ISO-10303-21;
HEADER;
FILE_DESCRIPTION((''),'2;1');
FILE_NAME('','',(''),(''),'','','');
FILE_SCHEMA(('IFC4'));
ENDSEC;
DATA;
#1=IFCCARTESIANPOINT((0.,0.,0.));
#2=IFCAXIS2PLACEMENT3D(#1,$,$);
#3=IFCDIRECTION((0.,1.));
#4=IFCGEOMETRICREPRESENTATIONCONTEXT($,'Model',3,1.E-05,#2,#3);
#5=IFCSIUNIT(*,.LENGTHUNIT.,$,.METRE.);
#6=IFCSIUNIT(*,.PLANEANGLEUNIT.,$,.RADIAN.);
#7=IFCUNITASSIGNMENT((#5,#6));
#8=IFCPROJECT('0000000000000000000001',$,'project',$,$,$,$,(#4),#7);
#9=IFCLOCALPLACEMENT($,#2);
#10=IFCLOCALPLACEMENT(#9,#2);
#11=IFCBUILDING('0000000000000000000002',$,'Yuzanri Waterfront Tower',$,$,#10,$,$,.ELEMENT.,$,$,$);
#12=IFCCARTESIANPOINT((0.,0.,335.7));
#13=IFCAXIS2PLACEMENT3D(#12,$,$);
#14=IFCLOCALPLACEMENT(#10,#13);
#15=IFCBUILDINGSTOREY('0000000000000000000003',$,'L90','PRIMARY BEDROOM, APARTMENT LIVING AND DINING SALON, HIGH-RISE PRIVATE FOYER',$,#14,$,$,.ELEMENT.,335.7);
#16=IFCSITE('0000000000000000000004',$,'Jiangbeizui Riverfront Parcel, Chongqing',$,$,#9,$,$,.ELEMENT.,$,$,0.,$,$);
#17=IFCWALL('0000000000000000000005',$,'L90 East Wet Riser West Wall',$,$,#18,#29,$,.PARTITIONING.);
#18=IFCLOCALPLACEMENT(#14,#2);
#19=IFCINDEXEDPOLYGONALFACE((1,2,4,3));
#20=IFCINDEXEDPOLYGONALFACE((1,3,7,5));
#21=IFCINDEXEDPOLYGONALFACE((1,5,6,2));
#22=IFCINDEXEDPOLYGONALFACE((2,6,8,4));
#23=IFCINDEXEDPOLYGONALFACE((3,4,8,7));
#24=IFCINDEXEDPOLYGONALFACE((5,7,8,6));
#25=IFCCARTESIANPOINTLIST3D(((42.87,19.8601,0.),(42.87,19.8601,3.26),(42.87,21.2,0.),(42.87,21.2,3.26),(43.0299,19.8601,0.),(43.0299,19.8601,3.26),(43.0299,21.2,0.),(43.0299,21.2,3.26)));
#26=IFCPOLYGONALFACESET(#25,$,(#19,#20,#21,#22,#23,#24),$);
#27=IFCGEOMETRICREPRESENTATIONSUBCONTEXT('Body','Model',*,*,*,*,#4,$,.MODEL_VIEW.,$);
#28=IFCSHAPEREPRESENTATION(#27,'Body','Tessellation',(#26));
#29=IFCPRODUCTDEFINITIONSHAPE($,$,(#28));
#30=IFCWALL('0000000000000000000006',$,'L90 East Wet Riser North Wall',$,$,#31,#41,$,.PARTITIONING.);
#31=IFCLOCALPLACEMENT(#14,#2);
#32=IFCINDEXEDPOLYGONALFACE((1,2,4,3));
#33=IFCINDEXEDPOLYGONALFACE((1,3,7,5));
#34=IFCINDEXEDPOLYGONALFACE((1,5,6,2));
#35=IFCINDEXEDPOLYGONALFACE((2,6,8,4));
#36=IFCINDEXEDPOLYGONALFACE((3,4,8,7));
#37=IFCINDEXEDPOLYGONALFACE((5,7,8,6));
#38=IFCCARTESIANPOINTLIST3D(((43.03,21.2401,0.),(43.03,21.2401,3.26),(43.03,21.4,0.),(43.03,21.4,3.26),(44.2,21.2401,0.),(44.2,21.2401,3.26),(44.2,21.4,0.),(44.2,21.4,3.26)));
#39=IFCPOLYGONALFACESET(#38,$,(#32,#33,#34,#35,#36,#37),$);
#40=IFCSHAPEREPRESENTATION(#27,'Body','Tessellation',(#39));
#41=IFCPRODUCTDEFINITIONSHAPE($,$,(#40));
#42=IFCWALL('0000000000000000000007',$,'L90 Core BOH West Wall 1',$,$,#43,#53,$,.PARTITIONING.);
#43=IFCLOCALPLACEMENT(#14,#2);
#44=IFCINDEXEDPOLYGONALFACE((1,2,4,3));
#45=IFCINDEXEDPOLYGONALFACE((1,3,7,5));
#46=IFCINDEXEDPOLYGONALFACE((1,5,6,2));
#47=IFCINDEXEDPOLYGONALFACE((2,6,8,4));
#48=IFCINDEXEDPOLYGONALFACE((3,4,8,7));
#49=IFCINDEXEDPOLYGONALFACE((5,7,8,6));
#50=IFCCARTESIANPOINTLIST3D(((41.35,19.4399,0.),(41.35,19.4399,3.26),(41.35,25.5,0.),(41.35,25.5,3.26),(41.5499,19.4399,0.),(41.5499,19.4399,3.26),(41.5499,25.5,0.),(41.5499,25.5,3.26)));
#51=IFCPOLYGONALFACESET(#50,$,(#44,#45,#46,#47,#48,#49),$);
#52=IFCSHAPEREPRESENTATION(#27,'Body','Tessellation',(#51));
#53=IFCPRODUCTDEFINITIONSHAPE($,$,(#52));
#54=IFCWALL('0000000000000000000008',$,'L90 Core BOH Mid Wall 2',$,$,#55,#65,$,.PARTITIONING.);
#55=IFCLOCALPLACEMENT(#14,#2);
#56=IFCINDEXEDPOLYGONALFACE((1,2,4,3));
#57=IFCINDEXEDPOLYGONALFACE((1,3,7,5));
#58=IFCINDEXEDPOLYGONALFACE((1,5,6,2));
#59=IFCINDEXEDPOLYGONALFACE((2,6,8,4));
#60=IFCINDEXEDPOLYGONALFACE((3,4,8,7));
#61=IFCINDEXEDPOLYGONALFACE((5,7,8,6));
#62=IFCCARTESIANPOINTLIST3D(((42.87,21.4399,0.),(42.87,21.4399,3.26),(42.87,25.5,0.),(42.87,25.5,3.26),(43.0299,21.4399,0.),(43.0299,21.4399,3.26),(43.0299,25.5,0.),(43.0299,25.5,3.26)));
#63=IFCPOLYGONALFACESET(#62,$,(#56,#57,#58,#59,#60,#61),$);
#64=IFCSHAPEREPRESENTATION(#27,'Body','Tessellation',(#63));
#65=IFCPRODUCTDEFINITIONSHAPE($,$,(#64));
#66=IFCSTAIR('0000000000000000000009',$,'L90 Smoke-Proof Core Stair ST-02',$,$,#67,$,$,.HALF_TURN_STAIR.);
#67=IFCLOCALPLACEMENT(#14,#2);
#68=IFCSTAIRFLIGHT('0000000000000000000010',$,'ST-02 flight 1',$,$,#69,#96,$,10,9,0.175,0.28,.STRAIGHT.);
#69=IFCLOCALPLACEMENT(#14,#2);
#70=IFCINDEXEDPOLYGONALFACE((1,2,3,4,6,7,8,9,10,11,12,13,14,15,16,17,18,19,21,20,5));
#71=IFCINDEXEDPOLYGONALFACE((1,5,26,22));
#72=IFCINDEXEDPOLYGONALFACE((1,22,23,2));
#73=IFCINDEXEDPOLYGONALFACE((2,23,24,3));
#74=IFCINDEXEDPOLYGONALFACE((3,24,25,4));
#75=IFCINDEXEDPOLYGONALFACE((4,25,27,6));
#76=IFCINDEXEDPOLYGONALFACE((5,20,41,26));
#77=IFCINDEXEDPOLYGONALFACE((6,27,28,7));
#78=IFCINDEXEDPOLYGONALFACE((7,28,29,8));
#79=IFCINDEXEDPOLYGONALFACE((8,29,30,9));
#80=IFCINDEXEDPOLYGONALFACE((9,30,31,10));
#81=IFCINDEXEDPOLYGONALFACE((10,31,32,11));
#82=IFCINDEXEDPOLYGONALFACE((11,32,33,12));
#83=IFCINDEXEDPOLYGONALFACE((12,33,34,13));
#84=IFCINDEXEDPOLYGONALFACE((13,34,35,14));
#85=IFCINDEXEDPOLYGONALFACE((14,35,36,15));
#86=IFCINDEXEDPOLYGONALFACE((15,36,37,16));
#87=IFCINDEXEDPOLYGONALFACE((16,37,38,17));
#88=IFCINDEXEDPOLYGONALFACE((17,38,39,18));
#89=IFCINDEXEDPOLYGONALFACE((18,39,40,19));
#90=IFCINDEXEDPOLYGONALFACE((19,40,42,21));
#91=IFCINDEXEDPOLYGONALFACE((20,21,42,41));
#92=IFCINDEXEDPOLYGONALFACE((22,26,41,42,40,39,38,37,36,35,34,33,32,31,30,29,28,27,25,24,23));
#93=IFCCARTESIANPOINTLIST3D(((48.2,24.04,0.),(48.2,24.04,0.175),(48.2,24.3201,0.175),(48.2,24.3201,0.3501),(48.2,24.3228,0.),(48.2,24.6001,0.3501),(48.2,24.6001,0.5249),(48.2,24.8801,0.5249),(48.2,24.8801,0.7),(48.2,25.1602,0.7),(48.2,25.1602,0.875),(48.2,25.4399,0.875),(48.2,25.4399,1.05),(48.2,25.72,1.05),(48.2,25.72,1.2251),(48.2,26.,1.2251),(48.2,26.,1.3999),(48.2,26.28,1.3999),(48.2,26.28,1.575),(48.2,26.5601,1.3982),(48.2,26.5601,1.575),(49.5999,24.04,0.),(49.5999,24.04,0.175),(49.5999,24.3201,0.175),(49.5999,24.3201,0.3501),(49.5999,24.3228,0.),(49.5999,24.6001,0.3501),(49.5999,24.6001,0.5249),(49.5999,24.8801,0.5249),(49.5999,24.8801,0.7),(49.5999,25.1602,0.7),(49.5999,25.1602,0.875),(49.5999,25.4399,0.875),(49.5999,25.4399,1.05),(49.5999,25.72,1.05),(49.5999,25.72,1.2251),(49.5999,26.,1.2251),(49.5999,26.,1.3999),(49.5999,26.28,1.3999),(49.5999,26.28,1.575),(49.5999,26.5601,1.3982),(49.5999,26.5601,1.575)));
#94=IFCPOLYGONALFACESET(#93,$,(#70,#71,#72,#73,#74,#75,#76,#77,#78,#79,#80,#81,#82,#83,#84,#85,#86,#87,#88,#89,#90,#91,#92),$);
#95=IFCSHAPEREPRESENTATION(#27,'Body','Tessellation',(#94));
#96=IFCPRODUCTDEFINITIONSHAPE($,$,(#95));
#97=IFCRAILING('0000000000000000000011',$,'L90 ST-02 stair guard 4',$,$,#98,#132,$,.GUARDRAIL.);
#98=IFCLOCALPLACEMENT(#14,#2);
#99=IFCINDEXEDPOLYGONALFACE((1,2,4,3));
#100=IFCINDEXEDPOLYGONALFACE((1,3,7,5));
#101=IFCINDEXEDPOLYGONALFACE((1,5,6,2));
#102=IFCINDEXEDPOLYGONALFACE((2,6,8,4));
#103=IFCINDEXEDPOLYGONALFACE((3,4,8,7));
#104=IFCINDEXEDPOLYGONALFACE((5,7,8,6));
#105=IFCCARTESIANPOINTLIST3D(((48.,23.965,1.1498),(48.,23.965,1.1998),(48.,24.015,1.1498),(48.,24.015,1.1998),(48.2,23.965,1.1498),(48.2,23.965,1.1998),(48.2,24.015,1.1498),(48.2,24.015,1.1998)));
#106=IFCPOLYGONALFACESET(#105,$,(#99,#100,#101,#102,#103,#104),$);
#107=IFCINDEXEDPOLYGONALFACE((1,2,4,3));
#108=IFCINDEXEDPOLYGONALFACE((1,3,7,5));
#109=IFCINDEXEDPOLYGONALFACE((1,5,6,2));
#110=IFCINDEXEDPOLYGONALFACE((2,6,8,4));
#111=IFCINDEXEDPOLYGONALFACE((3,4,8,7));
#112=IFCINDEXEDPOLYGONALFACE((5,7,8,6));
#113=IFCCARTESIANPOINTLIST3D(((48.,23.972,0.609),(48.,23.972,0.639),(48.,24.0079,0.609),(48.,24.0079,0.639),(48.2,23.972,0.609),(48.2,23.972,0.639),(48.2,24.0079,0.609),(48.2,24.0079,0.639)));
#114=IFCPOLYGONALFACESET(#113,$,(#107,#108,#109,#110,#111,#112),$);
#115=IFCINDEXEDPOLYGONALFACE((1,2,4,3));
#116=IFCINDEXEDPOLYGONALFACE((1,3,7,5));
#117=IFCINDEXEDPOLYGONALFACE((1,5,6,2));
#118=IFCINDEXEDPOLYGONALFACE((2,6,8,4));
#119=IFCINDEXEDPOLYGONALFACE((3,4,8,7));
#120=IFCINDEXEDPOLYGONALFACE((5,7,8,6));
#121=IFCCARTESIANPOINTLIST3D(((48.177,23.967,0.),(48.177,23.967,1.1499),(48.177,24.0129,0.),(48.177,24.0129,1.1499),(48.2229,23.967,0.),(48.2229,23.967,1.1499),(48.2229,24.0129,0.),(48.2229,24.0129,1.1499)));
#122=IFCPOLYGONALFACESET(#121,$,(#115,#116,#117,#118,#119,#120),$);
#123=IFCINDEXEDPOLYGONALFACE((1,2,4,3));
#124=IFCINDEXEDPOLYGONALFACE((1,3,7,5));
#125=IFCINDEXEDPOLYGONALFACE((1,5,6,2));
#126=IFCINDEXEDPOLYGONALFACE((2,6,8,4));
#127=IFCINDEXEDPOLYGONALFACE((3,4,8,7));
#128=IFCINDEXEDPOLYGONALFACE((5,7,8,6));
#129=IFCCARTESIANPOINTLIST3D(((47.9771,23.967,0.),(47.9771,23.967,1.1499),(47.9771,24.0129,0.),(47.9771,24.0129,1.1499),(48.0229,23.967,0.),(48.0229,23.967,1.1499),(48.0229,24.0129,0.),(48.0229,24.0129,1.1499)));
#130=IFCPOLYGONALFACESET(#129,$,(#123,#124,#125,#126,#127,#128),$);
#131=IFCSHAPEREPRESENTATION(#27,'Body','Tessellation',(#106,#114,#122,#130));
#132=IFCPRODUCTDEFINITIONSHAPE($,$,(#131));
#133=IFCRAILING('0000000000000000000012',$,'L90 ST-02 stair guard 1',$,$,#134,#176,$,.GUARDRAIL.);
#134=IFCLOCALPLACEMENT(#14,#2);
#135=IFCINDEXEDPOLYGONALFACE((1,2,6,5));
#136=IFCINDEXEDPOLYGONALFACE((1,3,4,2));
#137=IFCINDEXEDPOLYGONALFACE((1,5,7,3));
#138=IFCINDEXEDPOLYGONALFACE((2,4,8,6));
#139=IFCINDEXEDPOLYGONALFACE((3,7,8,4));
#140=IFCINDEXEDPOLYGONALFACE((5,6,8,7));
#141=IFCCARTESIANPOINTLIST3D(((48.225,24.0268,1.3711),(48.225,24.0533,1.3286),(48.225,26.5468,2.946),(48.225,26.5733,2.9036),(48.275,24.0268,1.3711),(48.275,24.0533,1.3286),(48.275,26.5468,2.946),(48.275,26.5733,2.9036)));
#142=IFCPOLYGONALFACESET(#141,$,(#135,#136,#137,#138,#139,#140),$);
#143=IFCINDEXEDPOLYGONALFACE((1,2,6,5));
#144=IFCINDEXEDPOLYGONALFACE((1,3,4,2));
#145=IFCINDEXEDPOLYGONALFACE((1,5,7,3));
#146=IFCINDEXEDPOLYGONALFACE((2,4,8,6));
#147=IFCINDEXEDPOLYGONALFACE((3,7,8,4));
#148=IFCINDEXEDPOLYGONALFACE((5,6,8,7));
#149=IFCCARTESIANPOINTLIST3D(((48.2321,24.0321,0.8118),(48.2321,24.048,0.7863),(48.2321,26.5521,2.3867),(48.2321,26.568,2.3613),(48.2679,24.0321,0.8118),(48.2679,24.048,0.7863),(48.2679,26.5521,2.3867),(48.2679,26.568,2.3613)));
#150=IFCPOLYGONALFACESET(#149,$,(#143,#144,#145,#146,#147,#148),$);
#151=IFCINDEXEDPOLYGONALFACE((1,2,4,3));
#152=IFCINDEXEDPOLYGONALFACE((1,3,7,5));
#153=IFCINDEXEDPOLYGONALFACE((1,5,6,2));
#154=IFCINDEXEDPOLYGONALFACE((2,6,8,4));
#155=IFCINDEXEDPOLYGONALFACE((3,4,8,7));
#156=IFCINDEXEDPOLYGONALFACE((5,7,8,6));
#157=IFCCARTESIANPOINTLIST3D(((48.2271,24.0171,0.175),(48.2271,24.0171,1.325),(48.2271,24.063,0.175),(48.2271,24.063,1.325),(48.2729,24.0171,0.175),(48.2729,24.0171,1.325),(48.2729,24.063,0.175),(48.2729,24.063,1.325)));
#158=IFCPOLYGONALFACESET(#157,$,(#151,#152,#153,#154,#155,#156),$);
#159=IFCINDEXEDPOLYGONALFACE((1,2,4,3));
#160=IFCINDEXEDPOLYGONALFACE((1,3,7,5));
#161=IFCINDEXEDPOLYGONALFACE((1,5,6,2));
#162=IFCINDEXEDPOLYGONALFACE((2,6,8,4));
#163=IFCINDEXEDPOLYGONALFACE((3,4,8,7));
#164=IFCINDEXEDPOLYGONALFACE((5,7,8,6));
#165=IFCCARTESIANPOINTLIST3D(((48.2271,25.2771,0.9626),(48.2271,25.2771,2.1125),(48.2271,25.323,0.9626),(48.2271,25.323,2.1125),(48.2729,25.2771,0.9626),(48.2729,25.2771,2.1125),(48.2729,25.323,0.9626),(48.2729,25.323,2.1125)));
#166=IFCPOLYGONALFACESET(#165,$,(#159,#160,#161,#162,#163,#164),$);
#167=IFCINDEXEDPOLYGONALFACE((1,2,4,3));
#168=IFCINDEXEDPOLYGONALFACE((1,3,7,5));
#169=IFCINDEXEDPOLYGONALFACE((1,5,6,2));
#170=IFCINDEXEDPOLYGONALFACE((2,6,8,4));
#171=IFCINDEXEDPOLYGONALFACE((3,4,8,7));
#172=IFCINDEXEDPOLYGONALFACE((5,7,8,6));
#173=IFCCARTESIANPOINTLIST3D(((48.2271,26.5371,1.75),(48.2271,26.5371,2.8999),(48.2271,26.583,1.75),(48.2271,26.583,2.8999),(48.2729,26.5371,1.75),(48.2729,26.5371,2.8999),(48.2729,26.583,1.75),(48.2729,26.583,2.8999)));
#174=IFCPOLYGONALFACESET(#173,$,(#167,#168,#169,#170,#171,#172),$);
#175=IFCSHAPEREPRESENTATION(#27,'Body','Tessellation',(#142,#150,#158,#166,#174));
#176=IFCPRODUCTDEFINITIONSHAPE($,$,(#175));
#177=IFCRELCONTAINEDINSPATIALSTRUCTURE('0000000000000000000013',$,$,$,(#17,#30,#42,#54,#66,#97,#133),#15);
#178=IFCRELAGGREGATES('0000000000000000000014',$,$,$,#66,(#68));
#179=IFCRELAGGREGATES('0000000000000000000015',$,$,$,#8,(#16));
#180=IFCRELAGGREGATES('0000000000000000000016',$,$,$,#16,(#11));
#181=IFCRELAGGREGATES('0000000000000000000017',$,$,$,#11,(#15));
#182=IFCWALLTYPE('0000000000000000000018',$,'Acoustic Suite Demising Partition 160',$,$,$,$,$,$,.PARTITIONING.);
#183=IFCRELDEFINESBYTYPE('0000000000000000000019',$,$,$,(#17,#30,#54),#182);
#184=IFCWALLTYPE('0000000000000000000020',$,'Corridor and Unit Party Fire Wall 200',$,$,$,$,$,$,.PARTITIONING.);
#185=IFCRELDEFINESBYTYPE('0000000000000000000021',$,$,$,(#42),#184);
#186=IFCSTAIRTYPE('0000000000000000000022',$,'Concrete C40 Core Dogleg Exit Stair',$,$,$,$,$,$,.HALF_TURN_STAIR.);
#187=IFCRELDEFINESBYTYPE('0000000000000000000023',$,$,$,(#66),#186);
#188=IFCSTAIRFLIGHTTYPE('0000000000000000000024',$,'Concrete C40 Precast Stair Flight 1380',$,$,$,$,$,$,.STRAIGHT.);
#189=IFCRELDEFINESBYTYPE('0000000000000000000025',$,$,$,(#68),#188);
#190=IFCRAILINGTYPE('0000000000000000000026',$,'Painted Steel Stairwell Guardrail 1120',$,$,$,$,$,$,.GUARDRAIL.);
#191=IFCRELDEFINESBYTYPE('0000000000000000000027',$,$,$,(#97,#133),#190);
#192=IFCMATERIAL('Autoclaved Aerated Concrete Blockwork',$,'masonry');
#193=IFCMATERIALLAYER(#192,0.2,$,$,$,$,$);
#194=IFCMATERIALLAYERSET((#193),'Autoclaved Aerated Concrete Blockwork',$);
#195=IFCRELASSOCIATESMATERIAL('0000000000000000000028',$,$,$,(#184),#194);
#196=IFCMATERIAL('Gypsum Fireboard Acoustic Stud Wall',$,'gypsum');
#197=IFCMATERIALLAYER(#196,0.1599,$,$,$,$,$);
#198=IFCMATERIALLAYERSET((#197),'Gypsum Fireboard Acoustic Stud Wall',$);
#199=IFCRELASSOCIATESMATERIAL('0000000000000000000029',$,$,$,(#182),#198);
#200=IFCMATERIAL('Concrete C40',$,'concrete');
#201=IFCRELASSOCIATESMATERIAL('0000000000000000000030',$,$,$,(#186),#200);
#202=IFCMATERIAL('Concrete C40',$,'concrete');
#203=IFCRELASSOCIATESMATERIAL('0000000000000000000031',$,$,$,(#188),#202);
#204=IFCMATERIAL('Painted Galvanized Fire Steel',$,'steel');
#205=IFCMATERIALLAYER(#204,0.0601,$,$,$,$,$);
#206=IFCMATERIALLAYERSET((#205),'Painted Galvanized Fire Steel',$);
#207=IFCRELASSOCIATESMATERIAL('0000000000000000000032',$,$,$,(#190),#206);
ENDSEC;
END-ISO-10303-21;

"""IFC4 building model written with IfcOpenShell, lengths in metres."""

from ifc_helpers import new_model, si_unit, direction, frame, frame_2d, origin, origin_2d, place, context, subcontext, project, spatial, polyline, rectangle, outline, extrude, source, transform, mapped, material, layer, layer_set, type_object, element, aggregate, save


model = new_model("IFC4")

# Units and contexts
model_context = context("Model", 3, precision=1e-05, world=origin(), true_north=direction((0.0, 1.0)))
body_context = subcontext(model_context, "Body", "Model", "MODEL_VIEW")
ifc_project = project(units=[si_unit("LENGTHUNIT", "METRE"), si_unit("PLANEANGLEUNIT", "RADIAN")], contexts=[model_context])

# Site, building, storey
site_placement = place(None, origin())
site = spatial("IfcSite", under=ifc_project, at=site_placement, Name="Jiangbeizui Riverfront Parcel, Chongqing", CompositionType="ELEMENT", RefElevation=0.0)
building_placement = place(site_placement, origin())
building = spatial("IfcBuilding", under=site, at=building_placement, Name="Yuzanri Waterfront Tower", CompositionType="ELEMENT")
storey_placement = place(building_placement, frame((0.0, 0.0, 335.7)))
storey = spatial("IfcBuildingStorey", under=building, at=storey_placement, Name="L90", Description="PRIMARY BEDROOM, APARTMENT LIVING AND DINING SALON, HIGH-RISE PRIVATE FOYER", CompositionType="ELEMENT", Elevation=335.7)

# Shared definitions
ifc_material_1 = material(Name="Autoclaved Aerated Concrete Blockwork", Category="masonry")
ifc_layer_1 = layer(ifc_material_1, 0.2)
ifc_layer_set_1 = layer_set([ifc_layer_1], Name="Autoclaved Aerated Concrete Blockwork")
wall_type_1 = type_object("IfcWallType", Name="Corridor and Unit Party Fire Wall 200", PredefinedType="PARTITIONING", material=ifc_layer_set_1)

# Walls
ifc_material_2 = material(Name="Gypsum Fireboard Acoustic Stud Wall", Category="gypsum")
ifc_layer_2 = layer(ifc_material_2, 0.1599)
ifc_layer_set_2 = layer_set([ifc_layer_2], Name="Gypsum Fireboard Acoustic Stud Wall")
wall_type_2 = type_object("IfcWallType", Name="Acoustic Suite Demising Partition 160", PredefinedType="PARTITIONING", material=ifc_layer_set_2)
shared_shape_1 = source(origin(), body_context, "Body", "SweptSolid", [
    extrude(rectangle(XDim=1.3398, YDim=0.1599, at=frame_2d((0.6699, 0.0))), origin(), (0.0, 0.0, 1.0), 3.26),
])
wall_1_placement = place(storey_placement, frame((42.95, 19.8601, 0.0), z_axis=(0.0, 0.0, 1.0), x_axis=(0.0, 1.0, 0.0)))
element("IfcWall", 1, at=wall_1_placement, inside=storey, type_object=wall_type_2, Name="L90 East Wet Riser West Wall", PredefinedType="PARTITIONING", context=body_context, shape_type="MappedRepresentation", body=[
    mapped(shared_shape_1, transform((0.0, 0.0, 0.0), scale=1.0)),
])
shared_shape_2 = source(origin(), body_context, "Body", "SweptSolid", [
    extrude(rectangle(XDim=1.1699, YDim=0.1599, at=frame_2d((0.585, 0.0))), origin(), (0.0, 0.0, 1.0), 3.26),
])
wall_2_placement = place(storey_placement, frame((43.03, 21.3201, 0.0), z_axis=(0.0, 0.0, 1.0), x_axis=(1.0, 0.0, 0.0)))
element("IfcWall", 2, at=wall_2_placement, inside=storey, type_object=wall_type_2, Name="L90 East Wet Riser North Wall", PredefinedType="PARTITIONING", context=body_context, shape_type="MappedRepresentation", body=[
    mapped(shared_shape_2, transform((0.0, 0.0, 0.0), scale=1.0)),
])
shared_shape_3 = source(origin(), body_context, "Body", "SweptSolid", [
    extrude(rectangle(XDim=6.0601, YDim=0.2, at=frame_2d((3.03, 0.0))), origin(), (0.0, 0.0, 1.0), 3.26),
])
wall_3_placement = place(storey_placement, frame((41.45, 19.4399, 0.0), z_axis=(0.0, 0.0, 1.0), x_axis=(0.0, 1.0, 0.0)))
element("IfcWall", 3, at=wall_3_placement, inside=storey, type_object=wall_type_1, Name="L90 Core BOH West Wall 1", PredefinedType="PARTITIONING", context=body_context, shape_type="MappedRepresentation", body=[
    mapped(shared_shape_3, transform((0.0, 0.0, 0.0), scale=1.0)),
])
shared_shape_4 = source(origin(), body_context, "Body", "SweptSolid", [
    extrude(rectangle(XDim=4.0601, YDim=0.1599, at=frame_2d((2.03, 0.0))), origin(), (0.0, 0.0, 1.0), 3.26),
])
wall_4_placement = place(storey_placement, frame((42.95, 21.4399, 0.0), z_axis=(0.0, 0.0, 1.0), x_axis=(0.0, 1.0, 0.0)))
element("IfcWall", 4, at=wall_4_placement, inside=storey, type_object=wall_type_2, Name="L90 Core BOH Mid Wall 2", PredefinedType="PARTITIONING", context=body_context, shape_type="MappedRepresentation", body=[
    mapped(shared_shape_4, transform((0.0, 0.0, 0.0), scale=1.0)),
])

# Stair, stair flight
ifc_material_3 = material(Name="Concrete C40", Category="concrete")
stair_type = type_object("IfcStairType", Name="Concrete C40 Core Dogleg Exit Stair", PredefinedType="HALF_TURN_STAIR", material=ifc_material_3)
stair_placement = place(storey_placement, origin())
stair = element("IfcStair", 5, at=stair_placement, inside=storey, type_object=stair_type, Name="L90 Smoke-Proof Core Stair ST-02", PredefinedType="HALF_TURN_STAIR")
ifc_material_4 = material(Name="Concrete C40", Category="concrete")
stair_flight_type = type_object("IfcStairFlightType", Name="Concrete C40 Precast Stair Flight 1380", PredefinedType="STRAIGHT", material=ifc_material_4)
shared_shape_5 = source(origin(), body_context, "Body", "SweptSolid", [
    extrude(outline(polyline([(0.0, 0.0), (0.0, 0.175), (0.28, 0.175), (0.28, 0.3501), (0.5601, 0.3501), (0.5601, 0.5249), (0.8401, 0.5249), (0.8401, 0.7), (1.1201, 0.7), (1.1201, 0.875), (1.3999, 0.875), (1.3999, 1.05), (1.6799, 1.05), (1.6799, 1.2251), (1.96, 1.2251), (1.96, 1.3999), (2.24, 1.3999), (2.24, 1.575), (2.52, 1.575), (2.52, 1.75), (2.52, 1.3982), (0.2827, 0.0), (0.0, 0.0)])), frame((0.0, 0.7, 0.0), z_axis=(0.0, -1.0, 0.0), x_axis=(1.0, 0.0, 0.0)), (0.0, 0.0, 1.0), 1.3999),
])
stair_flight_placement = place(storey_placement, frame((48.8999, 24.04, 0.0), z_axis=(0.0, 0.0, 1.0), x_axis=(0.0, 1.0, 0.0)))
stair_flight = element("IfcStairFlight", 6, at=stair_flight_placement, type_object=stair_flight_type, Name="ST-02 flight 1", NumberOfRisers=10, NumberOfTreads=9, PredefinedType="STRAIGHT", RiserHeight=0.175, TreadLength=0.28, context=body_context, shape_type="MappedRepresentation", body=[
    mapped(shared_shape_5, transform((0.0, 0.0, 0.0), scale=1.0)),
])
aggregate(stair, [stair_flight])

# Railings
ifc_material_5 = material(Name="Painted Galvanized Fire Steel", Category="steel")
ifc_layer_3 = layer(ifc_material_5, 0.0601)
ifc_layer_set_3 = layer_set([ifc_layer_3], Name="Painted Galvanized Fire Steel")
railing_type_1 = type_object("IfcRailingType", Name="Painted Steel Stairwell Guardrail 1120", PredefinedType="GUARDRAIL", material=ifc_layer_set_3)
shared_shape_6 = source(origin(), body_context, "Body", "SweptSolid", [
    extrude(rectangle(XDim=0.05, YDim=0.05, at=origin_2d()), frame((0.0, 0.0, 1.1748), z_axis=(-1.0, 0.0, 0.0), x_axis=(0.0, -1.0, 0.0)), (0.0, 0.0, 1.0), 0.2),
    extrude(rectangle(XDim=0.0359, YDim=0.03, at=origin_2d()), frame((0.0, 0.0, 0.624), z_axis=(-1.0, 0.0, 0.0), x_axis=(0.0, -1.0, 0.0)), (0.0, 0.0, 1.0), 0.2),
    extrude(rectangle(XDim=0.0459, YDim=0.0459, at=origin_2d()), origin(), (0.0, 0.0, 1.0), 1.1499),
    extrude(rectangle(XDim=0.0459, YDim=0.0459, at=origin_2d()), frame((-0.2, 0.0, 0.0)), (0.0, 0.0, 1.0), 1.1499),
])
railing_1_placement = place(storey_placement, frame((48.2, 23.99, 0.0)))
element("IfcRailing", 7, at=railing_1_placement, inside=storey, type_object=railing_type_1, Name="L90 ST-02 stair guard 4", PredefinedType="GUARDRAIL", context=body_context, shape_type="MappedRepresentation", body=[
    mapped(shared_shape_6, transform((0.0, 0.0, 0.0), scale=1.0)),
])
shared_shape_7 = source(origin(), body_context, "Body", "SweptSolid", [
    extrude(rectangle(XDim=0.05, YDim=0.05, at=origin_2d()), frame((0.0, 0.0, 1.1748), z_axis=(0.0, 0.848008, 0.529984), x_axis=(-1.0, 0.0, 0.0)), (0.0, 0.0, 1.0), 2.9717),
    extrude(rectangle(XDim=0.0359, YDim=0.03, at=origin_2d()), frame((0.0, 0.0, 0.624), z_axis=(0.0, 0.848008, 0.529984), x_axis=(-1.0, 0.0, 0.0)), (0.0, 0.0, 1.0), 2.9717),
    extrude(rectangle(XDim=0.0459, YDim=0.0459, at=origin_2d()), origin(), (0.0, 0.0, 1.0), 1.1499),
    extrude(rectangle(XDim=0.0459, YDim=0.0459, at=origin_2d()), frame((0.0, 1.26, 0.7876)), (0.0, 0.0, 1.0), 1.1499),
    extrude(rectangle(XDim=0.0459, YDim=0.0459, at=origin_2d()), frame((0.0, 2.52, 1.575)), (0.0, 0.0, 1.0), 1.1499),
])
railing_2_placement = place(storey_placement, frame((48.25, 24.04, 0.175)))
element("IfcRailing", 8, at=railing_2_placement, inside=storey, type_object=railing_type_1, Name="L90 ST-02 stair guard 1", PredefinedType="GUARDRAIL", context=body_context, shape_type="MappedRepresentation", body=[
    mapped(shared_shape_7, transform((0.0, 0.0, 0.0), scale=1.0)),
])

save(model, "model.ifc")
